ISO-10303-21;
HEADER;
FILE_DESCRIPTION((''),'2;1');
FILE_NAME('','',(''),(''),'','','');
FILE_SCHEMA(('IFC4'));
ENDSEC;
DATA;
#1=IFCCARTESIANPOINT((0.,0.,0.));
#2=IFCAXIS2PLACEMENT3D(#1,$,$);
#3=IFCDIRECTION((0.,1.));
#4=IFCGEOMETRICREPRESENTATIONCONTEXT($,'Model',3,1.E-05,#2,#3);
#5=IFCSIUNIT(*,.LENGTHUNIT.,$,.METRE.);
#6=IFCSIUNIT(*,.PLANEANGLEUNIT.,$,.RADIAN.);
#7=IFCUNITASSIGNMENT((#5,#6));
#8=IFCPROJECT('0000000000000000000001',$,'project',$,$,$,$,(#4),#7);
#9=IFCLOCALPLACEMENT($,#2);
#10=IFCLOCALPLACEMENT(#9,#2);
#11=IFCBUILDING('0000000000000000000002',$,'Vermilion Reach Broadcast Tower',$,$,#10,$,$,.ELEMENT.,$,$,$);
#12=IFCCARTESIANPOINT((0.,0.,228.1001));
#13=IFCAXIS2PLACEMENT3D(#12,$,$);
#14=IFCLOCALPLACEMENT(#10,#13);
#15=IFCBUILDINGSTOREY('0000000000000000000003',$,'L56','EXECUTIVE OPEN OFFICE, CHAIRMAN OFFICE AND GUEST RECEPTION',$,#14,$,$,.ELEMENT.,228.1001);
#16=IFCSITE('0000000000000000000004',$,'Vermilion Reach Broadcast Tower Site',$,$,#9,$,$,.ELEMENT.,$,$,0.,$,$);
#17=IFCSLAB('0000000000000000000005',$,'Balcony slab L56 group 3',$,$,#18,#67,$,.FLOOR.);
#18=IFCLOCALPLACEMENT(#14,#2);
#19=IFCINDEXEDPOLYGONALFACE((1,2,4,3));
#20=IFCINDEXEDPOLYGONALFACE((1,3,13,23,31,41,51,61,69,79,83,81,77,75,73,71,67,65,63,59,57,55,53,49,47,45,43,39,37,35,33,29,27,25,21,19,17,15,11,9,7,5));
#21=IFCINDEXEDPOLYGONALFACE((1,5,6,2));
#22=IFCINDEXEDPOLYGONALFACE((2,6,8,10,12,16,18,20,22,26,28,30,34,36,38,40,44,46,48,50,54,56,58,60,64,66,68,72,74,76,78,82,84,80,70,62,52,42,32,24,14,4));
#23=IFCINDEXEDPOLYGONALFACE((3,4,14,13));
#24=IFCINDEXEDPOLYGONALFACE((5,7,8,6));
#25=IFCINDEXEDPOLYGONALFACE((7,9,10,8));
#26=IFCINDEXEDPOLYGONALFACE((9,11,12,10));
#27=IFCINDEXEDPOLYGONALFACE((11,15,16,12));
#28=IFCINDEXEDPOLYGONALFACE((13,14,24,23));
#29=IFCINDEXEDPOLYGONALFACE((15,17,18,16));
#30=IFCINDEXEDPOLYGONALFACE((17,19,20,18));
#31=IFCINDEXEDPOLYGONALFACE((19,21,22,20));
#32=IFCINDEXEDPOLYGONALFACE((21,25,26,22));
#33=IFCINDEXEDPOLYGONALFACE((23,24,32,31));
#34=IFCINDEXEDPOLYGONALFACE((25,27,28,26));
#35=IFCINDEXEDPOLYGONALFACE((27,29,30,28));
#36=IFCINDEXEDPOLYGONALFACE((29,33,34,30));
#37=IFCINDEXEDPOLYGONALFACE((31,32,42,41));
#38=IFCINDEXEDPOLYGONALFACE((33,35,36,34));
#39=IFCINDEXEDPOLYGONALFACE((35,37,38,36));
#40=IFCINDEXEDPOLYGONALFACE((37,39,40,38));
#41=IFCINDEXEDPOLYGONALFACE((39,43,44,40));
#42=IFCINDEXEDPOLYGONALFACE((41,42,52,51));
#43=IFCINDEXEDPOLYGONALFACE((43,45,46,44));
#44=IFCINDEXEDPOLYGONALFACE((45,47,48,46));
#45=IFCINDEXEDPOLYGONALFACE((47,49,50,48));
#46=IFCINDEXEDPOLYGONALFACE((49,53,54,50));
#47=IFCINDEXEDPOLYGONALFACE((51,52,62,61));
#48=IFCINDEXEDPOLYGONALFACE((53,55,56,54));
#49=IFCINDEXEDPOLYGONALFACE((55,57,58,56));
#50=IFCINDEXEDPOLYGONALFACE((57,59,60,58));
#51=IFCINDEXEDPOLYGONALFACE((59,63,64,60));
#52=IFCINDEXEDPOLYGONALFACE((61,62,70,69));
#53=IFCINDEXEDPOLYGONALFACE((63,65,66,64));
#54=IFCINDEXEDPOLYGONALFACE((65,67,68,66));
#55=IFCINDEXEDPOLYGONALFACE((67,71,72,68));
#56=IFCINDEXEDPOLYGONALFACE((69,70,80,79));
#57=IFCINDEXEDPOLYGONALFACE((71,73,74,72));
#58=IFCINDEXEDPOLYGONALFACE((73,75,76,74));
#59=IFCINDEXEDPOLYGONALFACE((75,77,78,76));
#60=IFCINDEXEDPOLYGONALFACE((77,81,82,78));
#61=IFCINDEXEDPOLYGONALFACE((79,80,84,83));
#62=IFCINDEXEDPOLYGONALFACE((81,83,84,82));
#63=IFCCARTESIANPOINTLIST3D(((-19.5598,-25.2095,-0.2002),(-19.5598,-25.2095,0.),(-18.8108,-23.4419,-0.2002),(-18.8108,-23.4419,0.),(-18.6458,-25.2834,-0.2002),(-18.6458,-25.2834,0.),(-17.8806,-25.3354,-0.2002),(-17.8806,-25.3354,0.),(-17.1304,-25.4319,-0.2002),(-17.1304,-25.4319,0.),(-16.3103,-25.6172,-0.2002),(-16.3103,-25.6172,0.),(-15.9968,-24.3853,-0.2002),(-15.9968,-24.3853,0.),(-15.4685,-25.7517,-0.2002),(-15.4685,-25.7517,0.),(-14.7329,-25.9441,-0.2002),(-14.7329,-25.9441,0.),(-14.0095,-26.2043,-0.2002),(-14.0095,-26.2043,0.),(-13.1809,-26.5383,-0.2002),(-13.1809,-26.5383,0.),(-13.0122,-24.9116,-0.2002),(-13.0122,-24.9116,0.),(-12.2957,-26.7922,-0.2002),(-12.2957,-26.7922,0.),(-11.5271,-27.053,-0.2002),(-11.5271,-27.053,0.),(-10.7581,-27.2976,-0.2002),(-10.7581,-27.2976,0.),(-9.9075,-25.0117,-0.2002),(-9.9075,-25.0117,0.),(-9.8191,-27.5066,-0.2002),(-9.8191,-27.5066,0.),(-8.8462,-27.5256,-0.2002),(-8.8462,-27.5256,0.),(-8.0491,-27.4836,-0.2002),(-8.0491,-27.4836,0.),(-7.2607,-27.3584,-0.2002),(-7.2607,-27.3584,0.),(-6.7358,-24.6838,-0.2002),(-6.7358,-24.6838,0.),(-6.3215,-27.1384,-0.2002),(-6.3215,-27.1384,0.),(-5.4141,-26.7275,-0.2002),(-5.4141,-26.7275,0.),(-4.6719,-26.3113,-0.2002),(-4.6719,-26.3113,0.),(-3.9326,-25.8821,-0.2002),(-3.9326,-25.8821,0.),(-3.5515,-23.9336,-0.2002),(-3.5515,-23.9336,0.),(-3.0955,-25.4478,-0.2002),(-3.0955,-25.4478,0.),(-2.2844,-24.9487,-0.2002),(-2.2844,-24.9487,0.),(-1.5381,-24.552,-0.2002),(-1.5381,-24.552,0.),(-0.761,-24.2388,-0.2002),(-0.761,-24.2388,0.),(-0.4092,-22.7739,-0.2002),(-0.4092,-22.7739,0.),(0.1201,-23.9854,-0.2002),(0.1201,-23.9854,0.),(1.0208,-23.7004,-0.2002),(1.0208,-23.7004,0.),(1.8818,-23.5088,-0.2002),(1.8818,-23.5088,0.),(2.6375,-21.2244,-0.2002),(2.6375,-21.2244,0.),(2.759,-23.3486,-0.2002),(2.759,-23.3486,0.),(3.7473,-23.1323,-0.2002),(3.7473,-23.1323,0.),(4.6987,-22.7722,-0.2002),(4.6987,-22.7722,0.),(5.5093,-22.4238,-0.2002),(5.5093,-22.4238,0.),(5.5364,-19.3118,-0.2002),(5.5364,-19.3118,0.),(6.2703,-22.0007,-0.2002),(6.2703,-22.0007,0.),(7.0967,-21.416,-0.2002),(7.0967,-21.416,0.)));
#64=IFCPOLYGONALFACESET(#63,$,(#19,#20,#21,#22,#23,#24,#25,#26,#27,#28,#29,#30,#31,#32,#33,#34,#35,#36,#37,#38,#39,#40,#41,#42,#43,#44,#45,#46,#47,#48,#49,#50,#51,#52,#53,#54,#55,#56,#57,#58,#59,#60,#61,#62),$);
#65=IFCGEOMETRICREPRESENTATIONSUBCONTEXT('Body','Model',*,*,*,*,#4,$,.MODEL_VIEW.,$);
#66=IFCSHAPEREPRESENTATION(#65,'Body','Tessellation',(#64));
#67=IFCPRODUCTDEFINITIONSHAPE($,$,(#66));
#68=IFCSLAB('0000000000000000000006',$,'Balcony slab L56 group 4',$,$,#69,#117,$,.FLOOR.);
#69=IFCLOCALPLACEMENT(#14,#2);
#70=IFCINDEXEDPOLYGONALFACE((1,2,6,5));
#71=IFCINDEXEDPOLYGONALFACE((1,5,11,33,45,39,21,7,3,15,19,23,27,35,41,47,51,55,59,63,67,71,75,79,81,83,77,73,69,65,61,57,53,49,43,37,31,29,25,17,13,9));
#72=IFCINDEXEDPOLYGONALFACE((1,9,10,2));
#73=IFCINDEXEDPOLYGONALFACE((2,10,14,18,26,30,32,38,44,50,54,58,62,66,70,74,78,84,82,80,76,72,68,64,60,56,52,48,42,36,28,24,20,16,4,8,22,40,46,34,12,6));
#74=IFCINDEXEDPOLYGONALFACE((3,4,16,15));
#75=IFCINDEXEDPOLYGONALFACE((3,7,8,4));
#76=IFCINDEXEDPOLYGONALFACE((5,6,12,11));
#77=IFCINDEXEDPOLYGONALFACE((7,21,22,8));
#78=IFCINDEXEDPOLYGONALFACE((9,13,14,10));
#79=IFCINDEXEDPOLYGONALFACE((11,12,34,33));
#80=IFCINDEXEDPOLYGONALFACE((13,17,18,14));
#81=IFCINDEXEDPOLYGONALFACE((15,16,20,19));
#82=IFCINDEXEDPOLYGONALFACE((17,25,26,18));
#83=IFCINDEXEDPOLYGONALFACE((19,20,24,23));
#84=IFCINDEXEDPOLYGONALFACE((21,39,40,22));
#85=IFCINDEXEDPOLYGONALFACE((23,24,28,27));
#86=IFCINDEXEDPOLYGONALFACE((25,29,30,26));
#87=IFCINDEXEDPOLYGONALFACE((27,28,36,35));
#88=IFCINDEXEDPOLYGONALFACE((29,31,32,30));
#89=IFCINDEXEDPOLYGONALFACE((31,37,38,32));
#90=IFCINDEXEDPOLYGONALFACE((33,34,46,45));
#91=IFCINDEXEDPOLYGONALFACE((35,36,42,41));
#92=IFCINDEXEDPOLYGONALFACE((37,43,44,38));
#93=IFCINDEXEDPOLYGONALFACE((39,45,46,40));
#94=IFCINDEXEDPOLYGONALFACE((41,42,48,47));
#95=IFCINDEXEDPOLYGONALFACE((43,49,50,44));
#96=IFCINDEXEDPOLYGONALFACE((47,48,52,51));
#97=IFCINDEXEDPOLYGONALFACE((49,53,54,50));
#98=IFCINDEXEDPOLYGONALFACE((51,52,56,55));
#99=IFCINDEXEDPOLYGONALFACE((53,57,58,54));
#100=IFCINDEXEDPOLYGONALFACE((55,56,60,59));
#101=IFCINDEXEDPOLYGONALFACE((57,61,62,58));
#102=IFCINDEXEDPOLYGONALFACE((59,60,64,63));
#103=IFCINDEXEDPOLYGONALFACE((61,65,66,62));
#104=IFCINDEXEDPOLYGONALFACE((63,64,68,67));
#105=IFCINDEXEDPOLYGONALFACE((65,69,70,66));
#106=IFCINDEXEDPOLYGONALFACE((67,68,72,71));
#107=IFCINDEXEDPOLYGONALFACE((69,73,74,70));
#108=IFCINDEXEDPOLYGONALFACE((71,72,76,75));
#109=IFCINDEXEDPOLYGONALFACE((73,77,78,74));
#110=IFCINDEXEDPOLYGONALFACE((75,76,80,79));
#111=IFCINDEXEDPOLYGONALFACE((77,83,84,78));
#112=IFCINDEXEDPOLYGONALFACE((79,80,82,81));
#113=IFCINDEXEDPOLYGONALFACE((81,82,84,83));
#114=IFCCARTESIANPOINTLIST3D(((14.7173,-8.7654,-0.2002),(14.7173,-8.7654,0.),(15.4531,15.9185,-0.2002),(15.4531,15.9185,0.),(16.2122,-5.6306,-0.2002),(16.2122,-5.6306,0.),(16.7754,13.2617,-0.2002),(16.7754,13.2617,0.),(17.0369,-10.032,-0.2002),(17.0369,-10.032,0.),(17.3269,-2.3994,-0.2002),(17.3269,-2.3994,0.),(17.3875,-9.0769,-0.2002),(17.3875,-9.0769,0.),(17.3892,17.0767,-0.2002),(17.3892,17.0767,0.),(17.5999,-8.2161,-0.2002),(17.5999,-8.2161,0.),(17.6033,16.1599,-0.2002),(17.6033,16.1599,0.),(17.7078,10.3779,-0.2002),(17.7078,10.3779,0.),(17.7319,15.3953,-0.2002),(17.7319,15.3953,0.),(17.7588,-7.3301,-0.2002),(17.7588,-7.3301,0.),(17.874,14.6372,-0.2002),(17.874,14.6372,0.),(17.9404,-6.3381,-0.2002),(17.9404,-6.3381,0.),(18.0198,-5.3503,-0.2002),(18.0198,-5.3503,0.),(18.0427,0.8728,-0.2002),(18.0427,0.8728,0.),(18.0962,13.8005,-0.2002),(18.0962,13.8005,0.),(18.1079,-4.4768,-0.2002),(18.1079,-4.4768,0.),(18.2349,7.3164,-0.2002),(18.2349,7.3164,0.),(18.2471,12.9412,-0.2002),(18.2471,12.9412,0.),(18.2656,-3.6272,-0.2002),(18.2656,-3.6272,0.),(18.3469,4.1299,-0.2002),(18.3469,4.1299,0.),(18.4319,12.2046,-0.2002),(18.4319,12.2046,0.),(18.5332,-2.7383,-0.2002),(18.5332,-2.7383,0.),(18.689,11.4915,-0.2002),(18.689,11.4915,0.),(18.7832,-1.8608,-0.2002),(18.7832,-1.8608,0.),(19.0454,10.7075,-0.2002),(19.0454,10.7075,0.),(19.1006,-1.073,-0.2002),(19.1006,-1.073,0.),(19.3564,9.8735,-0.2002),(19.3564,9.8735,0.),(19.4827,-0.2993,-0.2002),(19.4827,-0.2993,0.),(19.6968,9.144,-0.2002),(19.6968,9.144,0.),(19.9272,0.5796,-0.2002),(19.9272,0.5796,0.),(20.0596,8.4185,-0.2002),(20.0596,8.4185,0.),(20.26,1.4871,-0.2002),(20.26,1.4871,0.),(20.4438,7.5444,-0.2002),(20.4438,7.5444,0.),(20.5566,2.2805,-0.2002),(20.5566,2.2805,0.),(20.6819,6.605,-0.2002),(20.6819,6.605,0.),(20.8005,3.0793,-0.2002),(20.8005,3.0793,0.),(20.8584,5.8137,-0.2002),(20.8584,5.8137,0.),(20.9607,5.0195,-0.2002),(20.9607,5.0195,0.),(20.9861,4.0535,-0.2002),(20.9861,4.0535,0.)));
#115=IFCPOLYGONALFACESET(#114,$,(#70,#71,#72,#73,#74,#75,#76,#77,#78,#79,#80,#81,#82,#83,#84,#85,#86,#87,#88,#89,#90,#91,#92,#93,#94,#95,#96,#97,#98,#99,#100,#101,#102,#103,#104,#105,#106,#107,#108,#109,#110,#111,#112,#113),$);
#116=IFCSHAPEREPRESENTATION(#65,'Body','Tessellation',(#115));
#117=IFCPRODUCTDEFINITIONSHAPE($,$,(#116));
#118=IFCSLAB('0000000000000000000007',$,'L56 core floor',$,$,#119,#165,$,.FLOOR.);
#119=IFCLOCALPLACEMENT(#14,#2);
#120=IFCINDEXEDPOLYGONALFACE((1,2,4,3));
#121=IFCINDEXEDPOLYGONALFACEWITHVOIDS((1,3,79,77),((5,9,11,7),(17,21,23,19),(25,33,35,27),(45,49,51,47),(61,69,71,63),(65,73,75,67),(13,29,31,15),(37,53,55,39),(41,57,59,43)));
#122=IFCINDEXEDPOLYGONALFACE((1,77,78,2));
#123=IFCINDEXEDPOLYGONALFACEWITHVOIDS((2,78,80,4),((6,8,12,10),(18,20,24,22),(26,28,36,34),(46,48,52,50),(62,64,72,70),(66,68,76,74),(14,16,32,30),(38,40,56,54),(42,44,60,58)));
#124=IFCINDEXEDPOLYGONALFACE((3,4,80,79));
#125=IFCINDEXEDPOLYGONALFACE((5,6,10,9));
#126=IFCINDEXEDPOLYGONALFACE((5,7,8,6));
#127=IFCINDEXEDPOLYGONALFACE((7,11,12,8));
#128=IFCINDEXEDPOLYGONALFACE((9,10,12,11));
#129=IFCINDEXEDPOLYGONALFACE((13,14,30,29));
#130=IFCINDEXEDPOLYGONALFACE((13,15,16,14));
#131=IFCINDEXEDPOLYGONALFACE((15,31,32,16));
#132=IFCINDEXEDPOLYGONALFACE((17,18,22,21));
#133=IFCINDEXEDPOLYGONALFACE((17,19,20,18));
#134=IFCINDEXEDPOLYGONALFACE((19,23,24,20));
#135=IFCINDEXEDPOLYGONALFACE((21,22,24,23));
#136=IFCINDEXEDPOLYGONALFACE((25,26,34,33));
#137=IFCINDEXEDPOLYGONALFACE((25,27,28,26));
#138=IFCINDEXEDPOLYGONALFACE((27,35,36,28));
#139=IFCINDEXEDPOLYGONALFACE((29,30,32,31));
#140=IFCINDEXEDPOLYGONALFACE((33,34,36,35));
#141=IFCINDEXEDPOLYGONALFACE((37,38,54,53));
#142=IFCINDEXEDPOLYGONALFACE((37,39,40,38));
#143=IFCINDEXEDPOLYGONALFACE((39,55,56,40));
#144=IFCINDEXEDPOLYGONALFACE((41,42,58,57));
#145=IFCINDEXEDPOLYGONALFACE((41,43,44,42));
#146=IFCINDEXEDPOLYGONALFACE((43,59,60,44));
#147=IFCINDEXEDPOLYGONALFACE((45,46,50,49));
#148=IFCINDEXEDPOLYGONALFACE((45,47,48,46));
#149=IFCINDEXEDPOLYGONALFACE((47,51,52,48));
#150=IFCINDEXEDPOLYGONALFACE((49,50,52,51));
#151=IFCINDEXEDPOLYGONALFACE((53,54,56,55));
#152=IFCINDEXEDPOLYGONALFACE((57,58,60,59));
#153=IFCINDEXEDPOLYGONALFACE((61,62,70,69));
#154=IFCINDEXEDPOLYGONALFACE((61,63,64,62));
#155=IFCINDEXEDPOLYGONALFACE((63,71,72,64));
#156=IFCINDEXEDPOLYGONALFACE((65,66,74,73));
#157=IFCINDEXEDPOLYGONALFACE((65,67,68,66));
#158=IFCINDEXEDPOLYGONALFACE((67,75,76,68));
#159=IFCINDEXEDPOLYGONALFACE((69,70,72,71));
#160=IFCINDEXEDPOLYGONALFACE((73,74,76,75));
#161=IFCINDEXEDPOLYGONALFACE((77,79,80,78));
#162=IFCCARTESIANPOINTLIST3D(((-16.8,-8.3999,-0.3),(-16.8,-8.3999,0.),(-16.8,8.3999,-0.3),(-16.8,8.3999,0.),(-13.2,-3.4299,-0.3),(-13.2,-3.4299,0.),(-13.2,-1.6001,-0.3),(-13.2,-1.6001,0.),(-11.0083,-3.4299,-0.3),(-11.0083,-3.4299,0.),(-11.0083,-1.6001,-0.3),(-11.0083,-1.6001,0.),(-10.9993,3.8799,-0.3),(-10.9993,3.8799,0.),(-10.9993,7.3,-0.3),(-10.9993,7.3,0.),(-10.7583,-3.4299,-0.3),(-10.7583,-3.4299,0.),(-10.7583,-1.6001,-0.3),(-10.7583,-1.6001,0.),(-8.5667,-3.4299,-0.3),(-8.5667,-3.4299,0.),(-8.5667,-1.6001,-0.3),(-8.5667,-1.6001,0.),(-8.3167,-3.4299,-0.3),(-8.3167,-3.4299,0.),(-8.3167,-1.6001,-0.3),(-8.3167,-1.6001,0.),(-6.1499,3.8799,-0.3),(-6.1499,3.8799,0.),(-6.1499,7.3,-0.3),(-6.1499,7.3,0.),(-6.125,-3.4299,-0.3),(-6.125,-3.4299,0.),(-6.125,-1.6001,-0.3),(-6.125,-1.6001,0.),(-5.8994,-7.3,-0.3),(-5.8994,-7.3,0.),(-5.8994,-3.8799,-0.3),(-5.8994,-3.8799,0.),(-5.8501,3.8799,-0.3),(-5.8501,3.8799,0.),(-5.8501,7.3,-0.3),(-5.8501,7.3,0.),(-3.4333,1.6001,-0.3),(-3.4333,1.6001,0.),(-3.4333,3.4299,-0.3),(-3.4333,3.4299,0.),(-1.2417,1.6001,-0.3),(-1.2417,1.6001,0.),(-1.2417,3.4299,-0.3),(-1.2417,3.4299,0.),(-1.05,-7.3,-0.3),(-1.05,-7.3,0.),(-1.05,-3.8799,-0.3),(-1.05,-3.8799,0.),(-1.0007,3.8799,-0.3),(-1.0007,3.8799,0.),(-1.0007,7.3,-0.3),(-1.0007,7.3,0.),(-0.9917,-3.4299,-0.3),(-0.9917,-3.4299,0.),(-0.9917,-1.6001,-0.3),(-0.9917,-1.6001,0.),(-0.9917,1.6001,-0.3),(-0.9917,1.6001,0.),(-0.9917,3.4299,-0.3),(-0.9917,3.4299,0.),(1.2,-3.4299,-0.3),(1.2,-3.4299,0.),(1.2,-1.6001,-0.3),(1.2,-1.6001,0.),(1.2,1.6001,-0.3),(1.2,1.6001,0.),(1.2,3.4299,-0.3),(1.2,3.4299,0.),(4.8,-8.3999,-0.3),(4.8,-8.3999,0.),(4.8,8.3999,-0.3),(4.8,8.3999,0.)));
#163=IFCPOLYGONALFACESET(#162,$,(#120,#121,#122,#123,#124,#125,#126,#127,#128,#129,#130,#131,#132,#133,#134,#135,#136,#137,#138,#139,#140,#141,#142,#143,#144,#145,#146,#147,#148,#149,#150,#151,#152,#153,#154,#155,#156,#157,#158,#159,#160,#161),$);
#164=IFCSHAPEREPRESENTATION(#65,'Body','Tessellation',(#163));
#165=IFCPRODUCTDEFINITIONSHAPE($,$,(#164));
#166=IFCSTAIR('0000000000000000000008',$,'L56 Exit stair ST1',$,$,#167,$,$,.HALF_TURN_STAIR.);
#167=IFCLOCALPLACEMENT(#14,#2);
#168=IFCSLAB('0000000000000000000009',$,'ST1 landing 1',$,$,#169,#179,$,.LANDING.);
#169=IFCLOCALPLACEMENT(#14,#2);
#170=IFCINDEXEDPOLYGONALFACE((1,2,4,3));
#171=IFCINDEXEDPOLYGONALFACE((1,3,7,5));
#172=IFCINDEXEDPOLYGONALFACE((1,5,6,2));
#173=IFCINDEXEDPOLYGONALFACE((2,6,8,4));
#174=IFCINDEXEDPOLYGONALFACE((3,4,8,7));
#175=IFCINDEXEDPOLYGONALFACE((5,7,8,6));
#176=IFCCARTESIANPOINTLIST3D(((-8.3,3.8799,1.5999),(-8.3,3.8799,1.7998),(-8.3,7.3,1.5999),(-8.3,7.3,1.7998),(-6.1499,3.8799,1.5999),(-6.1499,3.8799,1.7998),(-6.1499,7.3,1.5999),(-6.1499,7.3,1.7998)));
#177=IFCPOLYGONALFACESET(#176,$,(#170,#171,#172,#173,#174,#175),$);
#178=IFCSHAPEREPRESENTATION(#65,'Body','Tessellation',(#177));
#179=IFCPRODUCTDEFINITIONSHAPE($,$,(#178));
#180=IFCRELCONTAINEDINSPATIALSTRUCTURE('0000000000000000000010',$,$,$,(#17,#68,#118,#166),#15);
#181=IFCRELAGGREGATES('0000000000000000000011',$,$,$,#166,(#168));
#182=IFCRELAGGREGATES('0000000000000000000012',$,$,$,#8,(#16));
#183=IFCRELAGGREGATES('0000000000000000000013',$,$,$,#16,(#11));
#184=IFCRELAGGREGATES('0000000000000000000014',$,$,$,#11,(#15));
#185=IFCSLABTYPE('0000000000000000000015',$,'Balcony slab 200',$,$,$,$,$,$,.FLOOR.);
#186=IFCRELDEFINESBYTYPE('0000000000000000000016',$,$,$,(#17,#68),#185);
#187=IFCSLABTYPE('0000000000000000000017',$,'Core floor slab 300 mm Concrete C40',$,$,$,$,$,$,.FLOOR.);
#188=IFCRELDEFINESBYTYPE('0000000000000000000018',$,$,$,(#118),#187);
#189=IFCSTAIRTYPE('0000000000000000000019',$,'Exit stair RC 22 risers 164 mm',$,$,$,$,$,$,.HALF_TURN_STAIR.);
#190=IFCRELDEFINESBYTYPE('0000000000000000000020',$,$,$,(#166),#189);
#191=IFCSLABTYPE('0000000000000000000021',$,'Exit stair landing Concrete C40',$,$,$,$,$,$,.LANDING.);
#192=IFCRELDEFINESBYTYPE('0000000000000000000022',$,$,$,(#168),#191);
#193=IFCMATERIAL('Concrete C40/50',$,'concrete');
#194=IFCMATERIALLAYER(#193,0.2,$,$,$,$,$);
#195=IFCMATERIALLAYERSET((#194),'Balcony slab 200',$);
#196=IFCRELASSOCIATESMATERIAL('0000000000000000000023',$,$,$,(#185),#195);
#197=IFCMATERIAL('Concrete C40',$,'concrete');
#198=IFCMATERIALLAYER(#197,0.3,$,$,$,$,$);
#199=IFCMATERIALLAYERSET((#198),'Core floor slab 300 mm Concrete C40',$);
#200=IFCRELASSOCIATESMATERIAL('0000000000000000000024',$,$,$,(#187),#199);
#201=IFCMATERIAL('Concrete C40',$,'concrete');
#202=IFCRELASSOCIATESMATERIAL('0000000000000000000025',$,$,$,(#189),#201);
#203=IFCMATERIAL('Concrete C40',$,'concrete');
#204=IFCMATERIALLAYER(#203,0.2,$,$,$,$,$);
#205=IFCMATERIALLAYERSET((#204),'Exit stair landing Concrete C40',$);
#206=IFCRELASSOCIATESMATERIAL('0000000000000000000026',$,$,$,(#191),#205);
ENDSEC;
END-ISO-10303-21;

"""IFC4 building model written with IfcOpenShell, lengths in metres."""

from ifc_helpers import new_model, si_unit, direction, frame, origin, place, context, subcontext, project, spatial, polyline, outline, extrude, material, layer, layer_set, type_object, element, aggregate, save


model = new_model("IFC4")

# Units and contexts
model_context = context("Model", 3, precision=1e-05, world=origin(), true_north=direction((0.0, 1.0)))
body_context = subcontext(model_context, "Body", "Model", "MODEL_VIEW")
ifc_project = project(units=[si_unit("LENGTHUNIT", "METRE"), si_unit("PLANEANGLEUNIT", "RADIAN")], contexts=[model_context])

# Site, building, storey
site_placement = place(None, origin())
site = spatial("IfcSite", under=ifc_project, at=site_placement, Name="Vermilion Reach Broadcast Tower Site", CompositionType="ELEMENT", RefElevation=0.0)
building_placement = place(site_placement, origin())
building = spatial("IfcBuilding", under=site, at=building_placement, Name="Vermilion Reach Broadcast Tower", CompositionType="ELEMENT")
storey_placement = place(building_placement, frame((0.0, 0.0, 228.1001)))
storey = spatial("IfcBuildingStorey", under=building, at=storey_placement, Name="L56", Description="EXECUTIVE OPEN OFFICE, CHAIRMAN OFFICE AND GUEST RECEPTION", CompositionType="ELEMENT", Elevation=228.1001)

# Slabs
ifc_material_1 = material(Name="Concrete C40/50", Category="concrete")
ifc_layer_1 = layer(ifc_material_1, 0.2)
ifc_layer_set_1 = layer_set([ifc_layer_1], Name="Balcony slab 200")
slab_type_1 = type_object("IfcSlabType", Name="Balcony slab 200", PredefinedType="FLOOR", material=ifc_layer_set_1)
placement_1 = place(storey_placement, frame((0.0, 0.0, -0.2002)))
element("IfcSlab", 1, at=placement_1, inside=storey, type_object=slab_type_1, Name="Balcony slab L56 group 3", PredefinedType="FLOOR", context=body_context, shape_type="SweptSolid", body=[
    extrude(outline(polyline([(-18.8108, -23.4419), (-15.9968, -24.3853), (-13.0122, -24.9116), (-9.9075, -25.0117), (-6.7358, -24.6838), (-3.5515, -23.9336), (-0.4092, -22.7739), (2.6375, -21.2244), (5.5364, -19.3118), (7.0967, -21.416), (6.2703, -22.0007), (5.5093, -22.4238), (4.6987, -22.7722), (3.7473, -23.1323), (2.759, -23.3486), (1.8818, -23.5088), (1.0208, -23.7004), (0.1201, -23.9854), (-0.761, -24.2388), (-1.5381, -24.552), (-2.2844, -24.9487), (-3.0955, -25.4478), (-3.9326, -25.8821), (-4.6719, -26.3113), (-5.4141, -26.7275), (-6.3215, -27.1384), (-7.2607, -27.3584), (-8.0491, -27.4836), (-8.8462, -27.5256), (-9.8191, -27.5066), (-10.7581, -27.2976), (-11.5271, -27.053), (-12.2957, -26.7922), (-13.1809, -26.5383), (-14.0095, -26.2043), (-14.7329, -25.9441), (-15.4685, -25.7517), (-16.3103, -25.6172), (-17.1304, -25.4319), (-17.8806, -25.3354), (-18.6458, -25.2834), (-19.5598, -25.2095), (-18.8108, -23.4419)])), origin(), (0.0, 0.0, 1.0), 0.2002),
])
element("IfcSlab", 2, at=placement_1, inside=storey, type_object=slab_type_1, Name="Balcony slab L56 group 4", PredefinedType="FLOOR", context=body_context, shape_type="SweptSolid", body=[
    extrude(outline(polyline([(14.7173, -8.7654), (16.2122, -5.6306), (17.3269, -2.3994), (18.0427, 0.8728), (18.3469, 4.1299), (18.2349, 7.3164), (17.7078, 10.3779), (16.7754, 13.2617), (15.4531, 15.9185), (17.3892, 17.0767), (17.6033, 16.1599), (17.7319, 15.3953), (17.874, 14.6372), (18.0962, 13.8005), (18.2471, 12.9412), (18.4319, 12.2046), (18.689, 11.4915), (19.0454, 10.7075), (19.3564, 9.8735), (19.6968, 9.144), (20.0596, 8.4185), (20.4438, 7.5444), (20.6819, 6.605), (20.8584, 5.8137), (20.9607, 5.0195), (20.9861, 4.0535), (20.8005, 3.0793), (20.5566, 2.2805), (20.26, 1.4871), (19.9272, 0.5796), (19.4827, -0.2993), (19.1006, -1.073), (18.7832, -1.8608), (18.5332, -2.7383), (18.2656, -3.6272), (18.1079, -4.4768), (18.0198, -5.3503), (17.9404, -6.3381), (17.7588, -7.3301), (17.5999, -8.2161), (17.3875, -9.0769), (17.0369, -10.032), (14.7173, -8.7654)])), origin(), (0.0, 0.0, 1.0), 0.2002),
])
ifc_material_2 = material(Name="Concrete C40", Category="concrete")
ifc_layer_2 = layer(ifc_material_2, 0.3)
ifc_layer_set_2 = layer_set([ifc_layer_2], Name="Core floor slab 300 mm Concrete C40")
slab_type_2 = type_object("IfcSlabType", Name="Core floor slab 300 mm Concrete C40", PredefinedType="FLOOR", material=ifc_layer_set_2)
slab_1_placement = place(storey_placement, frame((0.0, 0.0, -0.3)))
element("IfcSlab", 3, at=slab_1_placement, inside=storey, type_object=slab_type_2, Name="L56 core floor", PredefinedType="FLOOR", context=body_context, shape_type="SweptSolid", body=[
    extrude(outline(polyline([(-16.8, -8.3999), (4.8, -8.3999), (4.8, 8.3999), (-16.8, 8.3999), (-16.8, -8.3999)]), holes=[polyline([(-3.4333, 1.6001), (-1.2417, 1.6001), (-1.2417, 3.4299), (-3.4333, 3.4299), (-3.4333, 1.6001)]), polyline([(-0.9917, 1.6001), (1.2, 1.6001), (1.2, 3.4299), (-0.9917, 3.4299), (-0.9917, 1.6001)]), polyline([(-13.2, -3.4299), (-11.0083, -3.4299), (-11.0083, -1.6001), (-13.2, -1.6001), (-13.2, -3.4299)]), polyline([(-10.7583, -3.4299), (-8.5667, -3.4299), (-8.5667, -1.6001), (-10.7583, -1.6001), (-10.7583, -3.4299)]), polyline([(-8.3167, -3.4299), (-6.125, -3.4299), (-6.125, -1.6001), (-8.3167, -1.6001), (-8.3167, -3.4299)]), polyline([(-0.9917, -3.4299), (1.2, -3.4299), (1.2, -1.6001), (-0.9917, -1.6001), (-0.9917, -3.4299)]), polyline([(-10.9993, 3.8799), (-6.1499, 3.8799), (-6.1499, 7.3), (-10.9993, 7.3), (-10.9993, 3.8799)]), polyline([(-1.0007, 7.3), (-5.8501, 7.3), (-5.8501, 3.8799), (-1.0007, 3.8799), (-1.0007, 7.3)]), polyline([(-5.8994, -7.3), (-1.05, -7.3), (-1.05, -3.8799), (-5.8994, -3.8799), (-5.8994, -7.3)])]), origin(), (0.0, 0.0, 1.0), 0.3),
])

# Stair, slab
ifc_material_3 = material(Name="Concrete C40", Category="concrete")
stair_type = type_object("IfcStairType", Name="Exit stair RC 22 risers 164 mm", PredefinedType="HALF_TURN_STAIR", material=ifc_material_3)
placement_2 = place(storey_placement, origin())
stair_1 = element("IfcStair", 4, at=placement_2, inside=storey, type_object=stair_type, Name="L56 Exit stair ST1", PredefinedType="HALF_TURN_STAIR")
ifc_material_4 = material(Name="Concrete C40", Category="concrete")
ifc_layer_3 = layer(ifc_material_4, 0.2)
ifc_layer_set_3 = layer_set([ifc_layer_3], Name="Exit stair landing Concrete C40")
slab_type_3 = type_object("IfcSlabType", Name="Exit stair landing Concrete C40", PredefinedType="LANDING", material=ifc_layer_set_3)
placement_3 = place(storey_placement, frame((0.0, 0.0, 1.5999)))
slab_2 = element("IfcSlab", 5, at=placement_3, type_object=slab_type_3, Name="ST1 landing 1", PredefinedType="LANDING", context=body_context, shape_type="SweptSolid", body=[
    extrude(outline(polyline([(-8.3, 3.8799), (-6.1499, 3.8799), (-6.1499, 7.3), (-8.3, 7.3), (-8.3, 3.8799)])), origin(), (0.0, 0.0, 1.0), 0.2),
])
aggregate(stair_1, [slab_2])

save(model, "model.ifc")
